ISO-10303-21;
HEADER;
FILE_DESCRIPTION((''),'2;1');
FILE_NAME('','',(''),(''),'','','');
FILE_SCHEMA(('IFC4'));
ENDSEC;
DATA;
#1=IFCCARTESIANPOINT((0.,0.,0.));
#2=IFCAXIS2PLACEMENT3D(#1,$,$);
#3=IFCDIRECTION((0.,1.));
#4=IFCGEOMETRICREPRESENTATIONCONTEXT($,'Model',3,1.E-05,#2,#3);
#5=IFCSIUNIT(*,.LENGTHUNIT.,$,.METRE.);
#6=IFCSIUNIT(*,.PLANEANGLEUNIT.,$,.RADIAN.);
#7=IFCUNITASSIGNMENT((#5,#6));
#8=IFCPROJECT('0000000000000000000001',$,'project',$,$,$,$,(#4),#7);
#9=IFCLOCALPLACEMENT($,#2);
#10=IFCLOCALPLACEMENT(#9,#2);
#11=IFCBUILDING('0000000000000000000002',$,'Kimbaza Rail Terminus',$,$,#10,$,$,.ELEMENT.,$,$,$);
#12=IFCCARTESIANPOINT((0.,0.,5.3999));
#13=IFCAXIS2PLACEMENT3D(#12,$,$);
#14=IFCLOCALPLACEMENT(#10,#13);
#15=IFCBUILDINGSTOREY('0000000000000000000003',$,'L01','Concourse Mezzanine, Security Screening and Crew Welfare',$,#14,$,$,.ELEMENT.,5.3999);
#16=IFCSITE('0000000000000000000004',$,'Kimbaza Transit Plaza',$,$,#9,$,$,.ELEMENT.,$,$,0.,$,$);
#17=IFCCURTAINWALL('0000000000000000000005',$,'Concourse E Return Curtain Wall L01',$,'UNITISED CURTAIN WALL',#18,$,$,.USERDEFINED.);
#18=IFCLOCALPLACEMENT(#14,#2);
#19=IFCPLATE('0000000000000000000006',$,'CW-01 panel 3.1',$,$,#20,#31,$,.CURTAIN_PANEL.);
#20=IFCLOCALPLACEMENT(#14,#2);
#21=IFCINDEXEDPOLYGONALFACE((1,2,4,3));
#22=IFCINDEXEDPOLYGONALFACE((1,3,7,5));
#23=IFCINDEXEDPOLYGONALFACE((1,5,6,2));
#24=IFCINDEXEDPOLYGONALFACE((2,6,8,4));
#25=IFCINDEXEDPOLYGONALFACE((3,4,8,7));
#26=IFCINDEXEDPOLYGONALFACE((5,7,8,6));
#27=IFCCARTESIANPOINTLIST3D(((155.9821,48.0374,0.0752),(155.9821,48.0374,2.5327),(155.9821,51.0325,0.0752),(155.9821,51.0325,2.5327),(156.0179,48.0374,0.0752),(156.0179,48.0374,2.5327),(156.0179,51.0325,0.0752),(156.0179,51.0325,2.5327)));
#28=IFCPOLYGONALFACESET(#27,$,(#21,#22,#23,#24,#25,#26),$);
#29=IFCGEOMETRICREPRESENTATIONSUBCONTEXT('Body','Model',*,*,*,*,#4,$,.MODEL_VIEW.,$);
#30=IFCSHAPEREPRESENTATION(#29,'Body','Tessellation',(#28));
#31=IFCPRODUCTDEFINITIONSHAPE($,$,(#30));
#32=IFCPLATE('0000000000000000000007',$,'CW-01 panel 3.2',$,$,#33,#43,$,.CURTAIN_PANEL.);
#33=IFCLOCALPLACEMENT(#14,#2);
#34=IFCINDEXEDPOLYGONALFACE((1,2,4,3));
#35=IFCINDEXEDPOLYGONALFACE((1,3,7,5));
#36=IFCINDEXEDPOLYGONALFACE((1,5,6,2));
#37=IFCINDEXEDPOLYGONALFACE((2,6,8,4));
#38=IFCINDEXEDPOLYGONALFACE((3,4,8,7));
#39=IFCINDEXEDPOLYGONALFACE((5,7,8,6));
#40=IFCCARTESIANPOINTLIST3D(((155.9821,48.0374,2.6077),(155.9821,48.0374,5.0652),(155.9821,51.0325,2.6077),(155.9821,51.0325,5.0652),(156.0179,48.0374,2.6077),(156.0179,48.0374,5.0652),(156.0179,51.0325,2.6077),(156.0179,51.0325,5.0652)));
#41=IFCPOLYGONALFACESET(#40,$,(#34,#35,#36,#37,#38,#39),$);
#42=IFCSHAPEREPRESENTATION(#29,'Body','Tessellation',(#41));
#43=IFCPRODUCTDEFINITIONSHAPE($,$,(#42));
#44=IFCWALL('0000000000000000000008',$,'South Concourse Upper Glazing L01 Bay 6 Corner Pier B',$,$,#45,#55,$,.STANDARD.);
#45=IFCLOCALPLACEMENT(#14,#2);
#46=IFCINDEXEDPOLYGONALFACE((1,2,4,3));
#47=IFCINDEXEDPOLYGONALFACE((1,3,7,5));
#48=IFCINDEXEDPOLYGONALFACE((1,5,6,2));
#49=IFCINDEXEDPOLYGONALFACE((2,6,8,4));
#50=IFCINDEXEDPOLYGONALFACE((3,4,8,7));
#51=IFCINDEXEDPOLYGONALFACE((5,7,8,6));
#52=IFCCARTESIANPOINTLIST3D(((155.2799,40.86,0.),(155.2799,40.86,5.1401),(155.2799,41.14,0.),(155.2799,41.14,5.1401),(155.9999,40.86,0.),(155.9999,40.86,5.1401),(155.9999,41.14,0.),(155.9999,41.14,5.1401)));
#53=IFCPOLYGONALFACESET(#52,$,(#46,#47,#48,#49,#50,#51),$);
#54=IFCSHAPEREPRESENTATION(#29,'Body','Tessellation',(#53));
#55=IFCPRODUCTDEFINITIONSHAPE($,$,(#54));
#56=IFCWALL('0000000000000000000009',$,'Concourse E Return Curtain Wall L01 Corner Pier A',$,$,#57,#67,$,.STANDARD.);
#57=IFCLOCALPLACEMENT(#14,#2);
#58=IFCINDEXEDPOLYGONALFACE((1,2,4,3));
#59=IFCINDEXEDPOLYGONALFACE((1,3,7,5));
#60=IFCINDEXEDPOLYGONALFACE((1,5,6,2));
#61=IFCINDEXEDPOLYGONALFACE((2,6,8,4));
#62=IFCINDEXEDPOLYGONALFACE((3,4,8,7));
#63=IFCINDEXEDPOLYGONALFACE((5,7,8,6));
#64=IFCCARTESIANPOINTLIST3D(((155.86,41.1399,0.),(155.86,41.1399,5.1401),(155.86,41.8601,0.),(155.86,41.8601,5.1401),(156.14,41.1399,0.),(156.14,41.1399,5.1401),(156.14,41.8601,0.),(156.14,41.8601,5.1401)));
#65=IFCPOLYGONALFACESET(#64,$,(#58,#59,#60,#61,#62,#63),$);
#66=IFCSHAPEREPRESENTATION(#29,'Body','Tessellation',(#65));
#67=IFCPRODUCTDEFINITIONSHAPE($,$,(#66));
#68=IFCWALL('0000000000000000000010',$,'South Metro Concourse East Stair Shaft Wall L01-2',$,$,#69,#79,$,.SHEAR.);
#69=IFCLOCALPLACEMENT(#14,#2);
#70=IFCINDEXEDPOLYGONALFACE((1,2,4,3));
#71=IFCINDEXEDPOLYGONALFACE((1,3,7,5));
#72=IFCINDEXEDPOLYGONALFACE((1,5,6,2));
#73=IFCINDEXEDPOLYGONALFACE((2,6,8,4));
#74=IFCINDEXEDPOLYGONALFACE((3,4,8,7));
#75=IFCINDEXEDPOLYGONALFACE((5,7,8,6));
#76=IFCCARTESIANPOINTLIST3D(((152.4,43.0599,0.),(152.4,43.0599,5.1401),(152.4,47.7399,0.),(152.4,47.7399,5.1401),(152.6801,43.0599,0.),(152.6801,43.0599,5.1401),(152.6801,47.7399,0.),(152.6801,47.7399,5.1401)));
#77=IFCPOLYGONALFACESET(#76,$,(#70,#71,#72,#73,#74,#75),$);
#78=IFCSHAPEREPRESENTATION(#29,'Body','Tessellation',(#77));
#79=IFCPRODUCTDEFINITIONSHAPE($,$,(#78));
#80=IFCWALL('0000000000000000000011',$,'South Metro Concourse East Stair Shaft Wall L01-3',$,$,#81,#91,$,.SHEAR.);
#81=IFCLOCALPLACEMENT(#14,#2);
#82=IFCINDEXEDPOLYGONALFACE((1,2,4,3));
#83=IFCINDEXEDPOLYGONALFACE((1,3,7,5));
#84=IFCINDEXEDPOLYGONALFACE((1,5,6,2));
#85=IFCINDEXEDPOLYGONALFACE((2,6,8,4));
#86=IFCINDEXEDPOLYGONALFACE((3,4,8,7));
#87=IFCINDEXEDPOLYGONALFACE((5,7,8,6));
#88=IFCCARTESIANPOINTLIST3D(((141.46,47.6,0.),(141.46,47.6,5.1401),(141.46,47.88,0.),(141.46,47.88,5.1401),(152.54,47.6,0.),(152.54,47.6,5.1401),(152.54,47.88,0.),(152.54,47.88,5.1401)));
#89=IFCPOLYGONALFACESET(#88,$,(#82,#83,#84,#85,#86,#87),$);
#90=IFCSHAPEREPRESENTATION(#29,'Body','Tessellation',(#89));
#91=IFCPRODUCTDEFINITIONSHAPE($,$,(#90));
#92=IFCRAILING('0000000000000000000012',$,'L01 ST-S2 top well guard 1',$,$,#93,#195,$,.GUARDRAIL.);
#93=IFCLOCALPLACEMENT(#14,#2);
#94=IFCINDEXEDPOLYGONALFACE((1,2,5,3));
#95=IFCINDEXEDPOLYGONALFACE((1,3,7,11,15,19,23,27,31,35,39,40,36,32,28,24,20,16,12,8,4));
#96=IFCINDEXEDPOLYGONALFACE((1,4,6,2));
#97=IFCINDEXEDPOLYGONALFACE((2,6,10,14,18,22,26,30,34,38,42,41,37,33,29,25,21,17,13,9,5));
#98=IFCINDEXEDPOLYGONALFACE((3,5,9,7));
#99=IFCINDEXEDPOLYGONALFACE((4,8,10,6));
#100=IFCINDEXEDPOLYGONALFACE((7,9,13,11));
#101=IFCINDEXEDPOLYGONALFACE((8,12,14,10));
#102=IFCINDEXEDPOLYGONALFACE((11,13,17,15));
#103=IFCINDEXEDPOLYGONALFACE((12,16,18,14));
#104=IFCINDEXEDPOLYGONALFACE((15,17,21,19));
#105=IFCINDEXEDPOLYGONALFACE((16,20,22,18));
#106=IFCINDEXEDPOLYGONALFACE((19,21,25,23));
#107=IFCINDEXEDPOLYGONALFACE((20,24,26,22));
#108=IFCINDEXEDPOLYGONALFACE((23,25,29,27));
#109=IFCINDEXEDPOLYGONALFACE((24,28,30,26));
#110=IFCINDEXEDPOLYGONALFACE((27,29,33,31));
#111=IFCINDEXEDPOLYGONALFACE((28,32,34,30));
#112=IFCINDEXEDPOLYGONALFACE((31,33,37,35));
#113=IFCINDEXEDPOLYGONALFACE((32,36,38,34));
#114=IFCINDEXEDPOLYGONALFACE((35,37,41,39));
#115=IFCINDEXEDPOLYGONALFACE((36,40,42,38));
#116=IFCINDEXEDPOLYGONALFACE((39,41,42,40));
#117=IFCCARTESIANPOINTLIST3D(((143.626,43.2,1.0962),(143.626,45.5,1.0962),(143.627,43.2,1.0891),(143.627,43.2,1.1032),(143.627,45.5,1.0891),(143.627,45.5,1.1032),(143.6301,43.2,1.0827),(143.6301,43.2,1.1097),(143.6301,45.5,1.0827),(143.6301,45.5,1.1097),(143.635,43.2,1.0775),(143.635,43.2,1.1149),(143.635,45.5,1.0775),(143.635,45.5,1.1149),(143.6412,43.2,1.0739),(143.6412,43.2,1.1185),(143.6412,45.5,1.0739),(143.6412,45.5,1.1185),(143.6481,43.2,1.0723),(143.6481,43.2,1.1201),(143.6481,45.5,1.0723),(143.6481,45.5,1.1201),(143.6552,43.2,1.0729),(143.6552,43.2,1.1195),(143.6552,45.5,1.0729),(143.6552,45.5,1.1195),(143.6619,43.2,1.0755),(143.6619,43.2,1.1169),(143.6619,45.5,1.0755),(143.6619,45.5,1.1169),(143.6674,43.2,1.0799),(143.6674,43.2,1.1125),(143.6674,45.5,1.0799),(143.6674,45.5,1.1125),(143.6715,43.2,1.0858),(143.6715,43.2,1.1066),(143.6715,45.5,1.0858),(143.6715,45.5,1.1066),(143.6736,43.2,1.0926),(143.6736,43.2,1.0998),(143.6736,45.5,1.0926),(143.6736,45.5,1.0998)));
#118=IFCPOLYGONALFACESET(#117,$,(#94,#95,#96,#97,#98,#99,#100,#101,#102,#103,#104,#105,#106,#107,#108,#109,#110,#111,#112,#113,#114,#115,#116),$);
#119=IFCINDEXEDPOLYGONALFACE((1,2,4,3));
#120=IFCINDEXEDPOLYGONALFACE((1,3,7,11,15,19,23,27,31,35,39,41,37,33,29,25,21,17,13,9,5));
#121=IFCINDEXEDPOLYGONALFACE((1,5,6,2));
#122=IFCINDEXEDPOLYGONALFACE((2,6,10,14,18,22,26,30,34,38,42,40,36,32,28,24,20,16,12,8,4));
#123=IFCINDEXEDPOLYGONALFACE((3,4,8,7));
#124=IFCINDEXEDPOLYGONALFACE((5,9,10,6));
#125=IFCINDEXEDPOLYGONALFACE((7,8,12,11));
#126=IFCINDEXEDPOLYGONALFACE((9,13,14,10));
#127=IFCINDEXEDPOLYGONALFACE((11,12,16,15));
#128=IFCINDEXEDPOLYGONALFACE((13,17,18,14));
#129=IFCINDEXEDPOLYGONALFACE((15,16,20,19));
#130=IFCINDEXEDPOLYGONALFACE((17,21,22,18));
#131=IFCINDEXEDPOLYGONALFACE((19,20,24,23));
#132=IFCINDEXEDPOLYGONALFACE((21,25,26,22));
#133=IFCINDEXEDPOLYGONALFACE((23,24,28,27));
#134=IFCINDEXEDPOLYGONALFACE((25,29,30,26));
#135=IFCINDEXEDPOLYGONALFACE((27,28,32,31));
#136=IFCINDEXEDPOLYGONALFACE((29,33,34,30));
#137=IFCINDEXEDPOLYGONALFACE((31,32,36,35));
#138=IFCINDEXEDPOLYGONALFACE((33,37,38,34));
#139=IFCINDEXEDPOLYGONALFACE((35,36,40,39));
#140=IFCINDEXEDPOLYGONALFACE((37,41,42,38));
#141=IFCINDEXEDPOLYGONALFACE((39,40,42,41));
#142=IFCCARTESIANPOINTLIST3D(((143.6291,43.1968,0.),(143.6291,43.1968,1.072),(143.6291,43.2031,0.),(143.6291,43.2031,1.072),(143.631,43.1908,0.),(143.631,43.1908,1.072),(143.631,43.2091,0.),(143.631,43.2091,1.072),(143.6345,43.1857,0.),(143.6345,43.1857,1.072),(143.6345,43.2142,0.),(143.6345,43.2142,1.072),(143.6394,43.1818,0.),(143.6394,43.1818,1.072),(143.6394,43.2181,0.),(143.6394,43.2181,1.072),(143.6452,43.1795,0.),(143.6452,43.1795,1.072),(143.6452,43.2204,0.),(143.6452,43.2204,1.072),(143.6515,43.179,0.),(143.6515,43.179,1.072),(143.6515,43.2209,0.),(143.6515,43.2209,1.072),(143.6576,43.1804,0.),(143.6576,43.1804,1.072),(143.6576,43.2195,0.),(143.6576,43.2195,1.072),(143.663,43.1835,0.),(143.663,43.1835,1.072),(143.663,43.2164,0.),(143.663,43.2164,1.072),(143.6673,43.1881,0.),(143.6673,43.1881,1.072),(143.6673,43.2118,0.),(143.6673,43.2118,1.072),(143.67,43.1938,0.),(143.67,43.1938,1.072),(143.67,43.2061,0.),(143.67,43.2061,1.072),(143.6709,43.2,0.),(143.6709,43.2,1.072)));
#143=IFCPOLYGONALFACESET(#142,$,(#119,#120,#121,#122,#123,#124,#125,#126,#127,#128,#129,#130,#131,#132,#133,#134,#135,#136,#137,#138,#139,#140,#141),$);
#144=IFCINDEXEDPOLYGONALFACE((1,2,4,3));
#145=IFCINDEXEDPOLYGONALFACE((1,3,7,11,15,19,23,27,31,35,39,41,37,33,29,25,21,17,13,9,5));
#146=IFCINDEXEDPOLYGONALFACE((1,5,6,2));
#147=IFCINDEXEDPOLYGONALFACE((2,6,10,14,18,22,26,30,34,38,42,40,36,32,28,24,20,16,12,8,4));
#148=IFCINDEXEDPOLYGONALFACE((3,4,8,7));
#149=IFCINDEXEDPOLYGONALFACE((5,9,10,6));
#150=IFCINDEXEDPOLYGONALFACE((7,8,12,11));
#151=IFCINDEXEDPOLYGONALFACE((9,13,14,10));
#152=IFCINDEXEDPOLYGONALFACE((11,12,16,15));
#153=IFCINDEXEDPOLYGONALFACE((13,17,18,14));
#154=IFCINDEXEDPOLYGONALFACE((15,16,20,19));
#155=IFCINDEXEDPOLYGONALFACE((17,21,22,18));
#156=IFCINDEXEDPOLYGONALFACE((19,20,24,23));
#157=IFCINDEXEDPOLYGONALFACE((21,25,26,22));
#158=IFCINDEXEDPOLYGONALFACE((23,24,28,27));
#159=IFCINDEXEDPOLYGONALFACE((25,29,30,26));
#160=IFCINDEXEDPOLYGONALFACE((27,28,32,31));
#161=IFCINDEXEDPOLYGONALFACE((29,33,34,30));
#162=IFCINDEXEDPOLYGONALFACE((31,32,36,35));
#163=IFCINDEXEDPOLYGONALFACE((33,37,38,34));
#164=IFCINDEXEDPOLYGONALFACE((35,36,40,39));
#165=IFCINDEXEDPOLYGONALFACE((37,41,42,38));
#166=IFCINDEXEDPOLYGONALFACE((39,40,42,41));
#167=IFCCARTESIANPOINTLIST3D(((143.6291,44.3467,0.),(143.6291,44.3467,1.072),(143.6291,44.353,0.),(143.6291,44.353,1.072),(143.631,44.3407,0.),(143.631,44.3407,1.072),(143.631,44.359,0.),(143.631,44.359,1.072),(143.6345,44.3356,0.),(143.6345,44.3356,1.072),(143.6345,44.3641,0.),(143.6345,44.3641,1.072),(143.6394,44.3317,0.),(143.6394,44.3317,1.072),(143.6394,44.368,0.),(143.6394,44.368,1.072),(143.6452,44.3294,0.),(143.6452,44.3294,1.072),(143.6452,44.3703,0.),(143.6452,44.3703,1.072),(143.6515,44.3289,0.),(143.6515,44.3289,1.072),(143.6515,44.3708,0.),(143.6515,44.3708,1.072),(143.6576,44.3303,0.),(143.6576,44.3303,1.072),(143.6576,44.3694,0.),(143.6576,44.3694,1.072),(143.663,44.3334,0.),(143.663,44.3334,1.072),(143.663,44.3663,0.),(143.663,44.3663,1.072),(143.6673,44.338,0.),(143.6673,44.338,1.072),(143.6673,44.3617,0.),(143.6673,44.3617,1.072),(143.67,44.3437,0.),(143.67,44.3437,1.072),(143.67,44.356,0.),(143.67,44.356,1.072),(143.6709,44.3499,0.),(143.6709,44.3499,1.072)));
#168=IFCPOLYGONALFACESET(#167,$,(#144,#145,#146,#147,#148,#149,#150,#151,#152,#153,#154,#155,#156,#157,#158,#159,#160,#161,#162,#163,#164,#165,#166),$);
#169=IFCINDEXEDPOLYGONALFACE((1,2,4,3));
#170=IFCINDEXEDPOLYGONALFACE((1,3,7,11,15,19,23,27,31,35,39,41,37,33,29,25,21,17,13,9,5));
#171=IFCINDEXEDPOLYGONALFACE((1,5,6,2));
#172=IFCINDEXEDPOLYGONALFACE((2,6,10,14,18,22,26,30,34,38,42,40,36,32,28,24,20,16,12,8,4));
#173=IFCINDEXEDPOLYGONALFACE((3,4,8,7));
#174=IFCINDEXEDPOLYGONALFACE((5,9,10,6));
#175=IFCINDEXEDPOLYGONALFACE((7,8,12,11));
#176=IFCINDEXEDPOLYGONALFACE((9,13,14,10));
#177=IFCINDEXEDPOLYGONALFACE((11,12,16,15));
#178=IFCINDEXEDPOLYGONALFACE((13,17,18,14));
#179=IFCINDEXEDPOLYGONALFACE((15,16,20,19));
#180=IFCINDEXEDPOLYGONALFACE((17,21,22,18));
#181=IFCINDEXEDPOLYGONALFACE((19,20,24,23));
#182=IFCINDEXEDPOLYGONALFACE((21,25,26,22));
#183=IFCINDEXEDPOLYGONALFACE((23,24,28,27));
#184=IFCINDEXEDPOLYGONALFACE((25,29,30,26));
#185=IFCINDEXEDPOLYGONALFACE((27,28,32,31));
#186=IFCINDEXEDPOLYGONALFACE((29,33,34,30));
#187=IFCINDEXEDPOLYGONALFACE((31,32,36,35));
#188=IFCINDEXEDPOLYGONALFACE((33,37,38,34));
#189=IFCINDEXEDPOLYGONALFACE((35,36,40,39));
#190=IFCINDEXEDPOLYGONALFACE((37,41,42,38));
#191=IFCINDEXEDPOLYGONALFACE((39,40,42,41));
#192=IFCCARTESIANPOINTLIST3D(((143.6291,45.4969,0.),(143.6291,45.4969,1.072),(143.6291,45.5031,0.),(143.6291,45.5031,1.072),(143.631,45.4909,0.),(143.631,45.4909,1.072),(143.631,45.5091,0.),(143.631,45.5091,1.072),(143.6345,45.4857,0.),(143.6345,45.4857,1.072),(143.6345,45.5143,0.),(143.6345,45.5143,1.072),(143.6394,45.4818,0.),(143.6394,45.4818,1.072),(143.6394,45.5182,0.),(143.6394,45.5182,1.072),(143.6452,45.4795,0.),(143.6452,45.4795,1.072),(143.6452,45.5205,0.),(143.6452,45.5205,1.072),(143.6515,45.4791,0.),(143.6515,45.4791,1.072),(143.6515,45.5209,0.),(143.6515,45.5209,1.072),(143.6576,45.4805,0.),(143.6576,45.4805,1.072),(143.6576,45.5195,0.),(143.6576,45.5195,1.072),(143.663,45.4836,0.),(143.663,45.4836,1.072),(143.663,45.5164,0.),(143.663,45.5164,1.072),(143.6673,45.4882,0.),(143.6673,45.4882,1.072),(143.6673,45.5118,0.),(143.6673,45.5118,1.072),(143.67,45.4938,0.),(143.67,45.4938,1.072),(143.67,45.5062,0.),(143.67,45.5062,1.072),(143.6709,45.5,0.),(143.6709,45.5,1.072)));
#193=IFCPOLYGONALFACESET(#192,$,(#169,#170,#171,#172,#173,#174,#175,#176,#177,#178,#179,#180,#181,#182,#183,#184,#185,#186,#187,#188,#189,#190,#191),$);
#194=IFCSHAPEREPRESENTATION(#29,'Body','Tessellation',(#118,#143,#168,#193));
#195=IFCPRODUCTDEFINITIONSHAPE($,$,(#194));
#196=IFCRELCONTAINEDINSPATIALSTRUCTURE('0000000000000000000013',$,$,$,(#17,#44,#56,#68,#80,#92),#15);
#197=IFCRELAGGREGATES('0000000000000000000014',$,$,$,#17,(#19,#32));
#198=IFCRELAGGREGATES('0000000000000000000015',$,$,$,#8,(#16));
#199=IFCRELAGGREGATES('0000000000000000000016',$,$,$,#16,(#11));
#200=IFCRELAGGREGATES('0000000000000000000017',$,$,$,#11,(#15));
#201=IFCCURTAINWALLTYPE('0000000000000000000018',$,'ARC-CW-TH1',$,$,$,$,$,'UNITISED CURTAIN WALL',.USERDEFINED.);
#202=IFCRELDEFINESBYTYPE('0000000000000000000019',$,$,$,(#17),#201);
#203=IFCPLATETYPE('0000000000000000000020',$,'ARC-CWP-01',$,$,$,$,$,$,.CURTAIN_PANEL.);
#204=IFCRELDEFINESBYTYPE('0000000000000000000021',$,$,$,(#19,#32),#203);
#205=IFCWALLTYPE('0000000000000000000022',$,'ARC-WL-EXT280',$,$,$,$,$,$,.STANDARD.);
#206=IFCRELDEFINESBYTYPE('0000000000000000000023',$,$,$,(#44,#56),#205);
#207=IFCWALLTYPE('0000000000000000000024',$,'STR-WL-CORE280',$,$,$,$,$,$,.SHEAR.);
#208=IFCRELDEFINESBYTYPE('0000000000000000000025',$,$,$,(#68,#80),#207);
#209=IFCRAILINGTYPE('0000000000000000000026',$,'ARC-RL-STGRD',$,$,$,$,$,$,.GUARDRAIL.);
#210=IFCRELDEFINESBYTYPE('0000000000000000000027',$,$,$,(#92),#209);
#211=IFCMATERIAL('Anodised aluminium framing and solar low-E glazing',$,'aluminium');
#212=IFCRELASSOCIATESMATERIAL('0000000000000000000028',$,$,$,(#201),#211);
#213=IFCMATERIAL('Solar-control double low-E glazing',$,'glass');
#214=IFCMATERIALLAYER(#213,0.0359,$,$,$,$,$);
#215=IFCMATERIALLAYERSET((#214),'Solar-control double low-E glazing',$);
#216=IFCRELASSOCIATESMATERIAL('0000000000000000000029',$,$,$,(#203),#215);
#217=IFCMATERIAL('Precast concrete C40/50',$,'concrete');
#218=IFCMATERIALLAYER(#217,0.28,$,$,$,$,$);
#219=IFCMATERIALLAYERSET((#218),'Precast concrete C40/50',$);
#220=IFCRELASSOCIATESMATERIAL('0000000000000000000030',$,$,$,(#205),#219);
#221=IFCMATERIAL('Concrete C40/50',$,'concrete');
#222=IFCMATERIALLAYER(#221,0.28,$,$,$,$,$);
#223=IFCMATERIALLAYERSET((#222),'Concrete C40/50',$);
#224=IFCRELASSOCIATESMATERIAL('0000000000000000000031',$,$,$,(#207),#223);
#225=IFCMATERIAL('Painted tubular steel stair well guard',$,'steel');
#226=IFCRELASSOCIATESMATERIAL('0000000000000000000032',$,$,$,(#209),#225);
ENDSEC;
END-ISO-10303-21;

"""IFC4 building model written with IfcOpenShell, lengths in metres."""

from ifc_helpers import new_model, si_unit, direction, frame, frame_2d, origin, origin_2d, place, context, subcontext, project, spatial, rectangle, circle, extrude, material, layer, layer_set, type_object, element, aggregate, save


model = new_model("IFC4")

# Units and contexts
model_context = context("Model", 3, precision=1e-05, world=origin(), true_north=direction((0.0, 1.0)))
body_context = subcontext(model_context, "Body", "Model", "MODEL_VIEW")
ifc_project = project(units=[si_unit("LENGTHUNIT", "METRE"), si_unit("PLANEANGLEUNIT", "RADIAN")], contexts=[model_context])

# Site, building, storey
site_placement = place(None, origin())
site = spatial("IfcSite", under=ifc_project, at=site_placement, Name="Kimbaza Transit Plaza", CompositionType="ELEMENT", RefElevation=0.0)
building_placement = place(site_placement, origin())
building = spatial("IfcBuilding", under=site, at=building_placement, Name="Kimbaza Rail Terminus", CompositionType="ELEMENT")
storey_placement = place(building_placement, frame((0.0, 0.0, 5.3999)))
storey = spatial("IfcBuildingStorey", under=building, at=storey_placement, Name="L01", Description="Concourse Mezzanine, Security Screening and Crew Welfare", CompositionType="ELEMENT", Elevation=5.3999)

# Curtain wall
ifc_material_1 = material(Name="Anodised aluminium framing and solar low-E glazing", Category="aluminium")
curtain_wall_type = type_object("IfcCurtainWallType", Name="ARC-CW-TH1", ElementType="UNITISED CURTAIN WALL", PredefinedType="USERDEFINED", material=ifc_material_1)
curtain_wall_placement = place(storey_placement, origin())
curtain_wall = element("IfcCurtainWall", 1, at=curtain_wall_placement, inside=storey, type_object=curtain_wall_type, Name="Concourse E Return Curtain Wall L01", ObjectType="UNITISED CURTAIN WALL", PredefinedType="USERDEFINED")

# Plates
ifc_material_2 = material(Name="Solar-control double low-E glazing", Category="glass")
ifc_layer_1 = layer(ifc_material_2, 0.0359)
ifc_layer_set_1 = layer_set([ifc_layer_1], Name="Solar-control double low-E glazing")
plate_type = type_object("IfcPlateType", Name="ARC-CWP-01", PredefinedType="CURTAIN_PANEL", material=ifc_layer_set_1)
plate_1_placement = place(storey_placement, frame((156.0, 49.5349, 0.0752), z_axis=(0.0, 0.0, 1.0), x_axis=(0.0, 1.0, 0.0)))
plate_1 = element("IfcPlate", 2, at=plate_1_placement, type_object=plate_type, Name="CW-01 panel 3.1", PredefinedType="CURTAIN_PANEL", context=body_context, shape_type="SweptSolid", body=[
    extrude(rectangle(XDim=2.9951, YDim=0.0359, at=origin_2d()), origin(), (0.0, 0.0, 1.0), 2.4575),
])
plate_2_placement = place(storey_placement, frame((156.0, 49.5349, 2.6077), z_axis=(0.0, 0.0, 1.0), x_axis=(0.0, 1.0, 0.0)))
plate_2 = element("IfcPlate", 3, at=plate_2_placement, type_object=plate_type, Name="CW-01 panel 3.2", PredefinedType="CURTAIN_PANEL", context=body_context, shape_type="SweptSolid", body=[
    extrude(rectangle(XDim=2.9951, YDim=0.0359, at=origin_2d()), origin(), (0.0, 0.0, 1.0), 2.4575),
])
aggregate(curtain_wall, [plate_1, plate_2])

# Walls
ifc_material_3 = material(Name="Precast concrete C40/50", Category="concrete")
ifc_layer_2 = layer(ifc_material_3, 0.28)
ifc_layer_set_2 = layer_set([ifc_layer_2], Name="Precast concrete C40/50")
wall_type_1 = type_object("IfcWallType", Name="ARC-WL-EXT280", PredefinedType="STANDARD", material=ifc_layer_set_2)
wall_1_placement = place(storey_placement, frame((155.28, 41.0, 0.0), z_axis=(0.0, 0.0, 1.0), x_axis=(1.0, 0.0, 0.0)))
element("IfcWall", 4, at=wall_1_placement, inside=storey, type_object=wall_type_1, Name="South Concourse Upper Glazing L01 Bay 6 Corner Pier B", PredefinedType="STANDARD", context=body_context, shape_type="SweptSolid", body=[
    extrude(rectangle(XDim=0.72, YDim=0.28, at=frame_2d((0.3599, 0.0))), origin(), (0.0, 0.0, 1.0), 5.1401),
])
wall_2_placement = place(storey_placement, frame((156.0, 41.1399, 0.0), z_axis=(0.0, 0.0, 1.0), x_axis=(0.0, 1.0, 0.0)))
element("IfcWall", 5, at=wall_2_placement, inside=storey, type_object=wall_type_1, Name="Concourse E Return Curtain Wall L01 Corner Pier A", PredefinedType="STANDARD", context=body_context, shape_type="SweptSolid", body=[
    extrude(rectangle(XDim=0.7202, YDim=0.28, at=frame_2d((0.3601, 0.0))), origin(), (0.0, 0.0, 1.0), 5.1401),
])
ifc_material_4 = material(Name="Concrete C40/50", Category="concrete")
ifc_layer_3 = layer(ifc_material_4, 0.28)
ifc_layer_set_3 = layer_set([ifc_layer_3], Name="Concrete C40/50")
wall_type_2 = type_object("IfcWallType", Name="STR-WL-CORE280", PredefinedType="SHEAR", material=ifc_layer_set_3)
wall_3_placement = place(storey_placement, frame((152.54, 43.0601, 0.0), z_axis=(0.0, 0.0, 1.0), x_axis=(0.0, 1.0, 0.0)))
element("IfcWall", 6, at=wall_3_placement, inside=storey, type_object=wall_type_2, Name="South Metro Concourse East Stair Shaft Wall L01-2", PredefinedType="SHEAR", context=body_context, shape_type="SweptSolid", body=[
    extrude(rectangle(XDim=4.6799, YDim=0.28, at=frame_2d((2.3398, 0.0))), origin(), (0.0, 0.0, 1.0), 5.1401),
])
wall_4_placement = place(storey_placement, frame((152.54, 47.74, 0.0), z_axis=(0.0, 0.0, 1.0), x_axis=(-1.0, 0.0, 0.0)))
element("IfcWall", 7, at=wall_4_placement, inside=storey, type_object=wall_type_2, Name="South Metro Concourse East Stair Shaft Wall L01-3", PredefinedType="SHEAR", context=body_context, shape_type="SweptSolid", body=[
    extrude(rectangle(XDim=11.0801, YDim=0.28, at=frame_2d((5.54, 0.0))), origin(), (0.0, 0.0, 1.0), 5.1401),
])

# Railing
ifc_material_5 = material(Name="Painted tubular steel stair well guard", Category="steel")
railing_type = type_object("IfcRailingType", Name="ARC-RL-STGRD", PredefinedType="GUARDRAIL", material=ifc_material_5)
railing_placement = place(storey_placement, frame((143.6499, 43.2, 0.0)))
element("IfcRailing", 8, at=railing_placement, inside=storey, type_object=railing_type, Name="L01 ST-S2 top well guard 1", PredefinedType="GUARDRAIL", context=body_context, shape_type="SweptSolid", body=[
    extrude(circle(Radius=0.0239, at=origin_2d()), frame((0.0, 0.0, 1.0962), z_axis=(0.0, 1.0, 0.0), x_axis=(-1.0, 0.0, 0.0)), (0.0, 0.0, 1.0), 2.3),
    extrude(circle(Radius=0.021, at=origin_2d()), origin(), (0.0, 0.0, 1.0), 1.072),
    extrude(circle(Radius=0.021, at=origin_2d()), frame((0.0, 1.1499, 0.0)), (0.0, 0.0, 1.0), 1.072),
    extrude(circle(Radius=0.021, at=origin_2d()), frame((0.0, 2.3, 0.0)), (0.0, 0.0, 1.0), 1.072),
])

save(model, "model.ifc")
